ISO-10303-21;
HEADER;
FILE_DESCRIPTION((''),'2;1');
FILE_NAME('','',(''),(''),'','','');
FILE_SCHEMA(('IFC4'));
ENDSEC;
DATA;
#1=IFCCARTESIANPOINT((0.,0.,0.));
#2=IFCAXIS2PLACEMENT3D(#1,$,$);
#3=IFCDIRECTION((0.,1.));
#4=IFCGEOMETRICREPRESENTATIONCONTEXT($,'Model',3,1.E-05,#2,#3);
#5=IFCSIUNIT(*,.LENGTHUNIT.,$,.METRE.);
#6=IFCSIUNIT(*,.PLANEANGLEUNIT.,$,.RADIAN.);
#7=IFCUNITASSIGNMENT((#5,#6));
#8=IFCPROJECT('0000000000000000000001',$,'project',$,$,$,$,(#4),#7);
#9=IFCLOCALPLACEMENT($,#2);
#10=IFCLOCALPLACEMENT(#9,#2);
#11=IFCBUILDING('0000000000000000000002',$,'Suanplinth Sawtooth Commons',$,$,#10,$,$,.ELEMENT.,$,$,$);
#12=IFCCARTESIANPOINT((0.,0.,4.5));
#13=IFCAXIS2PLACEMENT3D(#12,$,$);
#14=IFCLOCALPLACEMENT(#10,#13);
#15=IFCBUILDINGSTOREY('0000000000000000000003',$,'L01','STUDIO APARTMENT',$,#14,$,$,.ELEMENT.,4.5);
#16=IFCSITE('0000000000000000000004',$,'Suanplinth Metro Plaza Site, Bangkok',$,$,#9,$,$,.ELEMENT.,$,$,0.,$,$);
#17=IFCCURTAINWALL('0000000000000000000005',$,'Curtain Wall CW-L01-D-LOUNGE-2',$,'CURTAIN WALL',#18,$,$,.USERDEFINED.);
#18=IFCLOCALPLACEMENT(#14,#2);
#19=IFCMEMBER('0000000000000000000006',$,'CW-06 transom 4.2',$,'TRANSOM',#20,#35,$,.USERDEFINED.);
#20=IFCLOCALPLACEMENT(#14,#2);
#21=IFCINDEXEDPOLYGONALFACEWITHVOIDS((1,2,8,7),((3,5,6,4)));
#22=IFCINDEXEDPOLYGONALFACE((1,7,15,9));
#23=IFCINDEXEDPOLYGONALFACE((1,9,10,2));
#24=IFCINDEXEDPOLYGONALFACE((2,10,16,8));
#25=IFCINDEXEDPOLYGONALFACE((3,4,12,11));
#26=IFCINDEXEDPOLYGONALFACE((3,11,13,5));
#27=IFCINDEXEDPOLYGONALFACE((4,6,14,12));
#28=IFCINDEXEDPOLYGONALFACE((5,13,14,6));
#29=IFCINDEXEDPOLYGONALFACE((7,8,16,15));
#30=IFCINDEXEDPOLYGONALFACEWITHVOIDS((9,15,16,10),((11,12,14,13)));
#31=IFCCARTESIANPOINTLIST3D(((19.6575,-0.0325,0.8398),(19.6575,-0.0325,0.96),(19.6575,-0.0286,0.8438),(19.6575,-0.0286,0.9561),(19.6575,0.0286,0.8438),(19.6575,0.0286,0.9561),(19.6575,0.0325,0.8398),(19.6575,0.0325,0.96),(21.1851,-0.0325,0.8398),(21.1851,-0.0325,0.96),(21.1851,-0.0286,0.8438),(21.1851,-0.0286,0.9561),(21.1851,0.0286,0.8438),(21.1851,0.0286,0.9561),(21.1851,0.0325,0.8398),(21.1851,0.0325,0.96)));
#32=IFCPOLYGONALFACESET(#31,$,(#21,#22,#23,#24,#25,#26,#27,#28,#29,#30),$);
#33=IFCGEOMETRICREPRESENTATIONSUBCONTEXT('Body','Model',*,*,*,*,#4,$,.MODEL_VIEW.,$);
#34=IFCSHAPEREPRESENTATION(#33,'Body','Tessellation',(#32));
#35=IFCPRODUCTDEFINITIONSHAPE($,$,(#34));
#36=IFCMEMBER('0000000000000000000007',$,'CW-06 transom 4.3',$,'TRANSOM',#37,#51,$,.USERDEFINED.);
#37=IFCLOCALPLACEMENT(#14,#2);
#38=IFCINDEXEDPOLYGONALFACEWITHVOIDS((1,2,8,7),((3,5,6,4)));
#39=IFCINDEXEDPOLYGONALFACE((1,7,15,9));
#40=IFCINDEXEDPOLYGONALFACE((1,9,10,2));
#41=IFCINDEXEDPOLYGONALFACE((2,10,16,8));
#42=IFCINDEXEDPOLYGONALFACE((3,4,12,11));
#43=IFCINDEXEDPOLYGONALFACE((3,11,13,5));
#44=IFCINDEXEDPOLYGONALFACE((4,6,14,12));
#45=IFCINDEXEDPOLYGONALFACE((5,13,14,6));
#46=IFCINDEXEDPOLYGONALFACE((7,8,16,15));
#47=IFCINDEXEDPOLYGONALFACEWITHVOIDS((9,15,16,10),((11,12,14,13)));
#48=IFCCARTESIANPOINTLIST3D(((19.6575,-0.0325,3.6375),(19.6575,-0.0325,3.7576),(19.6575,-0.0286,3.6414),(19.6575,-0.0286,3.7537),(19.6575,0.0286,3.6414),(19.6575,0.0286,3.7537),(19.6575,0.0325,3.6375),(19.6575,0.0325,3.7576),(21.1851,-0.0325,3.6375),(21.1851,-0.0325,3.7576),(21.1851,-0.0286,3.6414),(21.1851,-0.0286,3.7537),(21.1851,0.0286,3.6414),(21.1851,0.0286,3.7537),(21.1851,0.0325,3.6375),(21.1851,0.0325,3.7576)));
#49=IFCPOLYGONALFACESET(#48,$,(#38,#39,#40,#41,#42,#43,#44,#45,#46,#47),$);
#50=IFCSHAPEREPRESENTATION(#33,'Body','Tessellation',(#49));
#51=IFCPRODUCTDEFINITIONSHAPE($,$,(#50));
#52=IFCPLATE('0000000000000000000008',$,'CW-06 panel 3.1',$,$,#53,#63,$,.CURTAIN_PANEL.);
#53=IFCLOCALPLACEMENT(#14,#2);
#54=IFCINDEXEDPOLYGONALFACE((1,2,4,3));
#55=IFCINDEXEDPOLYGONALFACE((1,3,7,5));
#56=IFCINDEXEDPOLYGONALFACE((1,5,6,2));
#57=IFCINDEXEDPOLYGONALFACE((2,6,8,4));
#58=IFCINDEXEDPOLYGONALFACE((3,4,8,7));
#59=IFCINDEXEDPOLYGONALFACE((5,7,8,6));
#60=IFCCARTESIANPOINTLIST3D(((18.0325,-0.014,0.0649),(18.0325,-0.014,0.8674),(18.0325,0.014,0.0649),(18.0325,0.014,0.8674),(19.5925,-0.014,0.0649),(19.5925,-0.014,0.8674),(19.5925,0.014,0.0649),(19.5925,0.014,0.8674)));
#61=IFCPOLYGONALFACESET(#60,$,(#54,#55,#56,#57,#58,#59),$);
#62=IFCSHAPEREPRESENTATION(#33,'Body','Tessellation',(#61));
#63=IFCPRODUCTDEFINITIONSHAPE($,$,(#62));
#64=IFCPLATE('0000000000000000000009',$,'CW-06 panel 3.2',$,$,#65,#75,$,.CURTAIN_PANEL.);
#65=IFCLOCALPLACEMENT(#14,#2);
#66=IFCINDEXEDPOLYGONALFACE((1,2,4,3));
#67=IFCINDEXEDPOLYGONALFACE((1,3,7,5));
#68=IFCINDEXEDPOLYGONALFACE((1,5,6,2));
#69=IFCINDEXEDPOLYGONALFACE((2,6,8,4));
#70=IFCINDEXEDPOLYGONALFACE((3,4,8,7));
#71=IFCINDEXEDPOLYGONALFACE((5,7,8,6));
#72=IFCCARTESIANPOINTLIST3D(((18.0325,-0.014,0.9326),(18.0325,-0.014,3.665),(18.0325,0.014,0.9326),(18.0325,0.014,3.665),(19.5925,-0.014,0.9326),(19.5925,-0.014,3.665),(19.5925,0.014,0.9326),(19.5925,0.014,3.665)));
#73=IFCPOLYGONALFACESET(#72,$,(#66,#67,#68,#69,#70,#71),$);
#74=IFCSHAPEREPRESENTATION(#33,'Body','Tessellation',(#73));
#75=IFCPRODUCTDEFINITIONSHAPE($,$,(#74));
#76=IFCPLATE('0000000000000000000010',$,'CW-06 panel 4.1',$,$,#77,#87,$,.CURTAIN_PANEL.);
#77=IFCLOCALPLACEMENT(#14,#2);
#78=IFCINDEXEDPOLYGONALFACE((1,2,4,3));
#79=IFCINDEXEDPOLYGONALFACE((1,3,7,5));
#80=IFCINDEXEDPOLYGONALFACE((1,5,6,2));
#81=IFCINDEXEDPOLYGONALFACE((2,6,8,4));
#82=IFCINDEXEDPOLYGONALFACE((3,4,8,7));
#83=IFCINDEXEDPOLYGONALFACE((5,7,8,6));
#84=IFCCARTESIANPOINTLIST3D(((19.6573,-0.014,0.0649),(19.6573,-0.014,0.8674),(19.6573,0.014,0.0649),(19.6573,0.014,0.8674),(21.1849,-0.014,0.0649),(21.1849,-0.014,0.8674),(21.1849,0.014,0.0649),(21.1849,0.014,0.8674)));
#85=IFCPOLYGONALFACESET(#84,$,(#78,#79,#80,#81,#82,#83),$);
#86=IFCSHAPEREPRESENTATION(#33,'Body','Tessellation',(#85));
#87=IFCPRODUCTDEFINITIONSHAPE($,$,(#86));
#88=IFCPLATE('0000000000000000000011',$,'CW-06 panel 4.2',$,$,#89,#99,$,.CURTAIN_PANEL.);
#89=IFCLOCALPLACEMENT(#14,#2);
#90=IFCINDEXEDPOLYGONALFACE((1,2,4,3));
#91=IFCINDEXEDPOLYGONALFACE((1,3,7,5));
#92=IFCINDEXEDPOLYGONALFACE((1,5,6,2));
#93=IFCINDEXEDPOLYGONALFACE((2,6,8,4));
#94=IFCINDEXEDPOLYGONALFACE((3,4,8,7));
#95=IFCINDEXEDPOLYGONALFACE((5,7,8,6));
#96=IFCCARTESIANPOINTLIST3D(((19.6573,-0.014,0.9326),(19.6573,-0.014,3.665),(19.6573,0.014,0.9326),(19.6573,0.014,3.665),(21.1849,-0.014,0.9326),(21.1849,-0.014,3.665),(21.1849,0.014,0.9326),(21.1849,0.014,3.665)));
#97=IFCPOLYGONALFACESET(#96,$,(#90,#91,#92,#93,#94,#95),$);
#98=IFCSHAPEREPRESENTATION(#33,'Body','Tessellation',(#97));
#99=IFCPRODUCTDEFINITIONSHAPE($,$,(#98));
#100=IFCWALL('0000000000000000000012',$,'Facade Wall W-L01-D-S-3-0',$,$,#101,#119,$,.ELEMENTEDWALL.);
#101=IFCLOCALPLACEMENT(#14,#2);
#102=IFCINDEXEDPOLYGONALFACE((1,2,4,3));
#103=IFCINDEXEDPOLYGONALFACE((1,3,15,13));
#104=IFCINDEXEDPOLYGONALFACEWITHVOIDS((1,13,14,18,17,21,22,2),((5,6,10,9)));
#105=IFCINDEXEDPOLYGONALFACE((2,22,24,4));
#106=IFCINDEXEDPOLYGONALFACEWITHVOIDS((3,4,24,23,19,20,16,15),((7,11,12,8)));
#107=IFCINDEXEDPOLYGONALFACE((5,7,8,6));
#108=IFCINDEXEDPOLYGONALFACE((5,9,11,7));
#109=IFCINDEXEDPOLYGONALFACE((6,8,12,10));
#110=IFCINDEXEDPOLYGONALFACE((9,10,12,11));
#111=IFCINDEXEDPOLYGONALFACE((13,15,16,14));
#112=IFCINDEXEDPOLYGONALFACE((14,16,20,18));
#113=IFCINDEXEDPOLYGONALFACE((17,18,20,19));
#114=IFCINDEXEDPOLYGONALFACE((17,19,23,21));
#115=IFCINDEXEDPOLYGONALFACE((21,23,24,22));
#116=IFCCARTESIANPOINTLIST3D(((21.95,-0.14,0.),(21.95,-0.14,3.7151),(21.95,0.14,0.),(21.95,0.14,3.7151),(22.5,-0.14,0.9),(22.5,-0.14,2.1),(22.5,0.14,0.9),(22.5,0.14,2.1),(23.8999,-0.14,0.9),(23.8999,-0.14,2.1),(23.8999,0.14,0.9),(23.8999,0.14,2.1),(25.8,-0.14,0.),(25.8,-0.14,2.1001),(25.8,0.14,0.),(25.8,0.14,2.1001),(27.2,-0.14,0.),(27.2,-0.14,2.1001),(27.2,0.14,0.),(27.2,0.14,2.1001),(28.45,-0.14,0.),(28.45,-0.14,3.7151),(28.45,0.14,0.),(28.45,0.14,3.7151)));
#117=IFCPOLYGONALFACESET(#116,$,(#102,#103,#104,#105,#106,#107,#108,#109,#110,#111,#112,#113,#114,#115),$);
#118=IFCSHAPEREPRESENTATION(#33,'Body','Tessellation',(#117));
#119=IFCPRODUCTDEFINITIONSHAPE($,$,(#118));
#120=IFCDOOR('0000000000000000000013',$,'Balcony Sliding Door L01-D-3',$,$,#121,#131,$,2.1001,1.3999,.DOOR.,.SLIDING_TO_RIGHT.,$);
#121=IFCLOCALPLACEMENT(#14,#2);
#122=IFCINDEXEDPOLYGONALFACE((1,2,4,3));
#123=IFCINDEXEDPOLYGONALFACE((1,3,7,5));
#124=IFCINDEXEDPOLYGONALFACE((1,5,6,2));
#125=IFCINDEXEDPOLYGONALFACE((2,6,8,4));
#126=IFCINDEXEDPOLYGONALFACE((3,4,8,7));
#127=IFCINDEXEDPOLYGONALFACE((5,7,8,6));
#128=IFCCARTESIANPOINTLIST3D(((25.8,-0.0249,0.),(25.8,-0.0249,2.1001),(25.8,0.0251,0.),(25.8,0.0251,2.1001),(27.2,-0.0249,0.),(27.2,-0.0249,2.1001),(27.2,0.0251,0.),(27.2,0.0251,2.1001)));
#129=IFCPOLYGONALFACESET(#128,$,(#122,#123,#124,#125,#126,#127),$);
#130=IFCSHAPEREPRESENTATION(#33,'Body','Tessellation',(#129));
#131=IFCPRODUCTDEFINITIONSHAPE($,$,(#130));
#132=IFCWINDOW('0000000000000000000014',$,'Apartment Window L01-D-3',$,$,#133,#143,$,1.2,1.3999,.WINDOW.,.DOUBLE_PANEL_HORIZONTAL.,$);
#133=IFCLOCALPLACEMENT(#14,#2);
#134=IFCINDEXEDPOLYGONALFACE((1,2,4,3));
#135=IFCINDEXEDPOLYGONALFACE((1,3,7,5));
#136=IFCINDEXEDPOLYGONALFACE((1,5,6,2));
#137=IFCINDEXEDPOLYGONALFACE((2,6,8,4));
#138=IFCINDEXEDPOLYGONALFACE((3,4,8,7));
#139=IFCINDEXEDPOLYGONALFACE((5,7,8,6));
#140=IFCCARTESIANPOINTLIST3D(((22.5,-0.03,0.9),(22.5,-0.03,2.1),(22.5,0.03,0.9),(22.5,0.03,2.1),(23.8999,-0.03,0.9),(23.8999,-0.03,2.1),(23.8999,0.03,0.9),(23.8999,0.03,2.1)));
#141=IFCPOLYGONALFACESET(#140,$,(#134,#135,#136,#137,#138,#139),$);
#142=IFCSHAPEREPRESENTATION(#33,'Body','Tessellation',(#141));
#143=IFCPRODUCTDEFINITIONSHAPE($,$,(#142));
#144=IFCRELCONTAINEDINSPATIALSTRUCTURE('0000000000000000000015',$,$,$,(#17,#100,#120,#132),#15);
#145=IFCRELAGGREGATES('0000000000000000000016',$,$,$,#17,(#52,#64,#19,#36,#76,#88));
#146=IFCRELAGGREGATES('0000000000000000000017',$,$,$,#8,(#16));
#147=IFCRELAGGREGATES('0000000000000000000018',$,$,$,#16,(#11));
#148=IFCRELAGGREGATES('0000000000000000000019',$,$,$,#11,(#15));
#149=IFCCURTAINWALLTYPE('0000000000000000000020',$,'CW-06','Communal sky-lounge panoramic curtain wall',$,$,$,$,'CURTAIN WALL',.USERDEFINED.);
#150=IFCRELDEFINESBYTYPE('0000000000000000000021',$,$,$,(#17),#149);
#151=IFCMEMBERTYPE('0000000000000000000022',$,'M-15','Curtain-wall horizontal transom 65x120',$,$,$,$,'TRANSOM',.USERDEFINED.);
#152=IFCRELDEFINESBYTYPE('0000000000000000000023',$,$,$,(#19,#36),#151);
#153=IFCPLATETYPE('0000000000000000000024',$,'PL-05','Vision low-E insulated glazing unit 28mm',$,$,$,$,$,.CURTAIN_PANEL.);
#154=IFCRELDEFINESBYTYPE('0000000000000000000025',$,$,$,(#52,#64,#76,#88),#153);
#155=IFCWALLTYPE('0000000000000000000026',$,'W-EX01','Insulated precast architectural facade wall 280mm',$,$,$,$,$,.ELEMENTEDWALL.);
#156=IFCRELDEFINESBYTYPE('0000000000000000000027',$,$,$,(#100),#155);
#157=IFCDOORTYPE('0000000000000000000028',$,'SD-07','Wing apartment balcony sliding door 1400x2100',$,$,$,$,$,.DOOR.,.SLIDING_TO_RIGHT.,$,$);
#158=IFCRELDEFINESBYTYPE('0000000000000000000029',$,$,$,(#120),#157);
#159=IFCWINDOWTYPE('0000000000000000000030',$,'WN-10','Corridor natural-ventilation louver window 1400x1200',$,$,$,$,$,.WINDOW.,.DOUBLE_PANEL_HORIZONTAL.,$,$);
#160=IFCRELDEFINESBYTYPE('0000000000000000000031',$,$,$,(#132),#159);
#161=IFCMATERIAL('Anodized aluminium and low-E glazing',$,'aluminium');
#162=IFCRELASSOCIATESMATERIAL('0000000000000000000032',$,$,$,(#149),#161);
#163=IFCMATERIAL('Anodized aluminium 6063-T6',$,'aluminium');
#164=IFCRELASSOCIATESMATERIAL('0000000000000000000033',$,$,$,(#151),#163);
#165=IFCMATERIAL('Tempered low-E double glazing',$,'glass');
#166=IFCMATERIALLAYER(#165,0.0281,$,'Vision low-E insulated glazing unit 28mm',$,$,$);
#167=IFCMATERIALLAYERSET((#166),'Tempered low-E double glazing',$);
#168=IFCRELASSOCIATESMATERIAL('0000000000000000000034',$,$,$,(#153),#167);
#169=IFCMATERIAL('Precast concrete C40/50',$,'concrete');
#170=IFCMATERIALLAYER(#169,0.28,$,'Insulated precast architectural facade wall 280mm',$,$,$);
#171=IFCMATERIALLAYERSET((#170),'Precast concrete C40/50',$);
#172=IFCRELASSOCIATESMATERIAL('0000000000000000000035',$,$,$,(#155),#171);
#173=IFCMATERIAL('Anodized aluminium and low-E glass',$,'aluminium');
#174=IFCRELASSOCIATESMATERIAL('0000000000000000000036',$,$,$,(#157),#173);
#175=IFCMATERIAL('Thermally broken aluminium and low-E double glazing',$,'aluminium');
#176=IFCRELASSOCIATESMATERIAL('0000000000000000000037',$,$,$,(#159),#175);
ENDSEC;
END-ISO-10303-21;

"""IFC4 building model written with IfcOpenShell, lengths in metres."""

from ifc_helpers import new_model, si_unit, direction, frame, frame_2d, origin, origin_2d, place, context, subcontext, project, spatial, rectangle, hollow_rectangle, extrude, material, layer, layer_set, material_profile, profile_set, type_object, element, fill, aggregate, save


model = new_model("IFC4")

# Units and contexts
model_context = context("Model", 3, precision=1e-05, world=origin(), true_north=direction((0.0, 1.0)))
body_context = subcontext(model_context, "Body", "Model", "MODEL_VIEW")
ifc_project = project(units=[si_unit("LENGTHUNIT", "METRE"), si_unit("PLANEANGLEUNIT", "RADIAN")], contexts=[model_context])

# Site, building, storey
site_placement = place(None, origin())
site = spatial("IfcSite", under=ifc_project, at=site_placement, Name="Suanplinth Metro Plaza Site, Bangkok", CompositionType="ELEMENT", RefElevation=0.0)
building_placement = place(site_placement, origin())
building = spatial("IfcBuilding", under=site, at=building_placement, Name="Suanplinth Sawtooth Commons", CompositionType="ELEMENT")
storey_placement = place(building_placement, frame((0.0, 0.0, 4.5)))
storey = spatial("IfcBuildingStorey", under=building, at=storey_placement, Name="L01", Description="STUDIO APARTMENT", CompositionType="ELEMENT", Elevation=4.5)

# Shared definitions
ifc_material_1 = material(Name="Precast concrete C40/50", Category="concrete")

# Curtain wall, members, plates
ifc_material_2 = material(Name="Anodized aluminium and low-E glazing", Category="aluminium")
curtain_wall_type = type_object("IfcCurtainWallType", Name="CW-06", Description="Communal sky-lounge panoramic curtain wall", ElementType="CURTAIN WALL", PredefinedType="USERDEFINED", material=ifc_material_2)
curtain_wall_placement = place(storey_placement, origin())
curtain_wall = element("IfcCurtainWall", 1, at=curtain_wall_placement, inside=storey, type_object=curtain_wall_type, Name="Curtain Wall CW-L01-D-LOUNGE-2", ObjectType="CURTAIN WALL", PredefinedType="USERDEFINED")
ifc_material_3 = material(Name="Anodized aluminium 6063-T6", Category="aluminium")
ifc_material_profile_1 = material_profile(ifc_material_3, hollow_rectangle(XDim=0.0649, YDim=0.1201, WallThickness=0.0039, at=origin_2d()), Name="ALU-TRN 65x120")
ifc_profile_set_1 = profile_set([ifc_material_profile_1], Name="Anodized aluminium 6063-T6")
member_type_1 = type_object("IfcMemberType", Name="M-15", Description="Curtain-wall horizontal transom 65x120", ElementType="TRANSOM", PredefinedType="USERDEFINED", material=ifc_profile_set_1)
member_1_placement = place(storey_placement, frame((19.6575, 0.0, 0.8999), z_axis=(1.0, 0.0, 0.0), x_axis=(0.0, 1.0, 0.0)))
member_1 = element("IfcMember", 2, at=member_1_placement, type_object=member_type_1, Name="CW-06 transom 4.2", ObjectType="TRANSOM", PredefinedType="USERDEFINED", context=body_context, shape_type="SweptSolid", body=[
    extrude(hollow_rectangle(XDim=0.0649, YDim=0.1201, WallThickness=0.0039, at=origin_2d()), origin(), (0.0, 0.0, 1.0), 1.5276),
])
member_2_placement = place(storey_placement, frame((19.6575, 0.0, 3.6975), z_axis=(1.0, 0.0, 0.0), x_axis=(0.0, 1.0, 0.0)))
member_2 = element("IfcMember", 3, at=member_2_placement, type_object=member_type_1, Name="CW-06 transom 4.3", ObjectType="TRANSOM", PredefinedType="USERDEFINED", context=body_context, shape_type="SweptSolid", body=[
    extrude(hollow_rectangle(XDim=0.0649, YDim=0.1201, WallThickness=0.0039, at=origin_2d()), origin(), (0.0, 0.0, 1.0), 1.5276),
])
ifc_material_4 = material(Name="Tempered low-E double glazing", Category="glass")
ifc_layer_1 = layer(ifc_material_4, 0.0281, Name="Vision low-E insulated glazing unit 28mm")
ifc_layer_set_1 = layer_set([ifc_layer_1], Name="Tempered low-E double glazing")
plate_type = type_object("IfcPlateType", Name="PL-05", Description="Vision low-E insulated glazing unit 28mm", PredefinedType="CURTAIN_PANEL", material=ifc_layer_set_1)
plate_1_placement = place(storey_placement, frame((18.8125, 0.0, 0.0649), z_axis=(0.0, 0.0, 1.0), x_axis=(1.0, 0.0, 0.0)))
plate_1 = element("IfcPlate", 4, at=plate_1_placement, type_object=plate_type, Name="CW-06 panel 3.1", PredefinedType="CURTAIN_PANEL", context=body_context, shape_type="SweptSolid", body=[
    extrude(rectangle(XDim=1.5601, YDim=0.0281, at=origin_2d()), origin(), (0.0, 0.0, 1.0), 0.8025),
])
plate_2_placement = place(storey_placement, frame((18.8125, 0.0, 0.9326), z_axis=(0.0, 0.0, 1.0), x_axis=(1.0, 0.0, 0.0)))
plate_2 = element("IfcPlate", 5, at=plate_2_placement, type_object=plate_type, Name="CW-06 panel 3.2", PredefinedType="CURTAIN_PANEL", context=body_context, shape_type="SweptSolid", body=[
    extrude(rectangle(XDim=1.5601, YDim=0.0281, at=origin_2d()), origin(), (0.0, 0.0, 1.0), 2.7324),
])
plate_3_placement = place(storey_placement, frame((20.4211, 0.0, 0.0649), z_axis=(0.0, 0.0, 1.0), x_axis=(1.0, 0.0, 0.0)))
plate_3 = element("IfcPlate", 6, at=plate_3_placement, type_object=plate_type, Name="CW-06 panel 4.1", PredefinedType="CURTAIN_PANEL", context=body_context, shape_type="SweptSolid", body=[
    extrude(rectangle(XDim=1.5276, YDim=0.0281, at=origin_2d()), origin(), (0.0, 0.0, 1.0), 0.8025),
])
plate_4_placement = place(storey_placement, frame((20.4211, 0.0, 0.9326), z_axis=(0.0, 0.0, 1.0), x_axis=(1.0, 0.0, 0.0)))
plate_4 = element("IfcPlate", 7, at=plate_4_placement, type_object=plate_type, Name="CW-06 panel 4.2", PredefinedType="CURTAIN_PANEL", context=body_context, shape_type="SweptSolid", body=[
    extrude(rectangle(XDim=1.5276, YDim=0.0281, at=origin_2d()), origin(), (0.0, 0.0, 1.0), 2.7324),
])
aggregate(curtain_wall, [plate_1, plate_2, member_1, member_2, plate_3, plate_4])

# Wall, openings, door, window
ifc_layer_2 = layer(ifc_material_1, 0.28, Name="Insulated precast architectural facade wall 280mm")
ifc_layer_set_2 = layer_set([ifc_layer_2], Name="Precast concrete C40/50")
wall_type = type_object("IfcWallType", Name="W-EX01", Description="Insulated precast architectural facade wall 280mm", PredefinedType="ELEMENTEDWALL", material=ifc_layer_set_2)
wall_placement = place(storey_placement, frame((21.95, 0.0, 0.0), z_axis=(0.0, 0.0, 1.0), x_axis=(1.0, 0.0, 0.0)))
wall = element("IfcWall", 8, at=wall_placement, inside=storey, type_object=wall_type, Name="Facade Wall W-L01-D-S-3-0", PredefinedType="ELEMENTEDWALL", context=body_context, shape_type="SweptSolid", body=[
    extrude(rectangle(XDim=6.5, YDim=0.28, at=frame_2d((3.25, 0.0))), origin(), (0.0, 0.0, 1.0), 3.7151),
])
opening_1_placement = place(wall_placement, frame((3.8501, 0.0, 0.0)))
opening_1 = element("IfcOpeningElement", 9, at=opening_1_placement, cuts=wall, PredefinedType="OPENING", context=body_context, shape_type="SweptSolid", body=[
    extrude(rectangle(XDim=1.3999, YDim=2.1001, at=frame_2d((0.7, 1.05))), frame((0.0, 0.1548, 0.0), z_axis=(0.0, -1.0, 0.0), x_axis=(1.0, 0.0, 0.0)), (0.0, 0.0, 1.0), 0.3098),
])
opening_2_placement = place(wall_placement, frame((0.55, 0.0, 0.8999)))
opening_2 = element("IfcOpeningElement", 10, at=opening_2_placement, cuts=wall, PredefinedType="OPENING", context=body_context, shape_type="SweptSolid", body=[
    extrude(rectangle(XDim=1.3999, YDim=1.2, at=frame_2d((0.7, 0.6001))), frame((0.0, 0.1548, 0.0), z_axis=(0.0, -1.0, 0.0), x_axis=(1.0, 0.0, 0.0)), (0.0, 0.0, 1.0), 0.3098),
])
ifc_material_5 = material(Name="Anodized aluminium and low-E glass", Category="aluminium")
door_type = type_object("IfcDoorType", Name="SD-07", Description="Wing apartment balcony sliding door 1400x2100", OperationType="SLIDING_TO_RIGHT", PredefinedType="DOOR", material=ifc_material_5)
door_placement = place(opening_1_placement, frame((1.3999, 0.0, 0.0), z_axis=(0.0, 0.0, 1.0), x_axis=(-1.0, 0.0, 0.0)))
door = element("IfcDoor", 11, at=door_placement, inside=storey, type_object=door_type, Name="Balcony Sliding Door L01-D-3", OperationType="SLIDING_TO_RIGHT", OverallHeight=2.1001, OverallWidth=1.3999, PredefinedType="DOOR", context=body_context, shape_type="SweptSolid", body=[
    extrude(rectangle(XDim=1.3999, YDim=2.1001, at=frame_2d((0.7, 1.05))), frame((0.0, 0.0249, 0.0), z_axis=(0.0, -1.0, 0.0), x_axis=(1.0, 0.0, 0.0)), (0.0, 0.0, 1.0), 0.05),
])
fill(opening_1, door)
ifc_material_6 = material(Name="Thermally broken aluminium and low-E double glazing", Category="aluminium")
window_type = type_object("IfcWindowType", Name="WN-10", Description="Corridor natural-ventilation louver window 1400x1200", PartitioningType="DOUBLE_PANEL_HORIZONTAL", PredefinedType="WINDOW", material=ifc_material_6)
window_placement = place(opening_2_placement, origin())
window = element("IfcWindow", 12, at=window_placement, inside=storey, type_object=window_type, Name="Apartment Window L01-D-3", OverallHeight=1.2, OverallWidth=1.3999, PartitioningType="DOUBLE_PANEL_HORIZONTAL", PredefinedType="WINDOW", context=body_context, shape_type="SweptSolid", body=[
    extrude(rectangle(XDim=1.3999, YDim=1.2, at=frame_2d((0.7, 0.6001))), frame((0.0, 0.03, 0.0), z_axis=(0.0, -1.0, 0.0), x_axis=(1.0, 0.0, 0.0)), (0.0, 0.0, 1.0), 0.0601),
])
fill(opening_2, window)

save(model, "model.ifc")
